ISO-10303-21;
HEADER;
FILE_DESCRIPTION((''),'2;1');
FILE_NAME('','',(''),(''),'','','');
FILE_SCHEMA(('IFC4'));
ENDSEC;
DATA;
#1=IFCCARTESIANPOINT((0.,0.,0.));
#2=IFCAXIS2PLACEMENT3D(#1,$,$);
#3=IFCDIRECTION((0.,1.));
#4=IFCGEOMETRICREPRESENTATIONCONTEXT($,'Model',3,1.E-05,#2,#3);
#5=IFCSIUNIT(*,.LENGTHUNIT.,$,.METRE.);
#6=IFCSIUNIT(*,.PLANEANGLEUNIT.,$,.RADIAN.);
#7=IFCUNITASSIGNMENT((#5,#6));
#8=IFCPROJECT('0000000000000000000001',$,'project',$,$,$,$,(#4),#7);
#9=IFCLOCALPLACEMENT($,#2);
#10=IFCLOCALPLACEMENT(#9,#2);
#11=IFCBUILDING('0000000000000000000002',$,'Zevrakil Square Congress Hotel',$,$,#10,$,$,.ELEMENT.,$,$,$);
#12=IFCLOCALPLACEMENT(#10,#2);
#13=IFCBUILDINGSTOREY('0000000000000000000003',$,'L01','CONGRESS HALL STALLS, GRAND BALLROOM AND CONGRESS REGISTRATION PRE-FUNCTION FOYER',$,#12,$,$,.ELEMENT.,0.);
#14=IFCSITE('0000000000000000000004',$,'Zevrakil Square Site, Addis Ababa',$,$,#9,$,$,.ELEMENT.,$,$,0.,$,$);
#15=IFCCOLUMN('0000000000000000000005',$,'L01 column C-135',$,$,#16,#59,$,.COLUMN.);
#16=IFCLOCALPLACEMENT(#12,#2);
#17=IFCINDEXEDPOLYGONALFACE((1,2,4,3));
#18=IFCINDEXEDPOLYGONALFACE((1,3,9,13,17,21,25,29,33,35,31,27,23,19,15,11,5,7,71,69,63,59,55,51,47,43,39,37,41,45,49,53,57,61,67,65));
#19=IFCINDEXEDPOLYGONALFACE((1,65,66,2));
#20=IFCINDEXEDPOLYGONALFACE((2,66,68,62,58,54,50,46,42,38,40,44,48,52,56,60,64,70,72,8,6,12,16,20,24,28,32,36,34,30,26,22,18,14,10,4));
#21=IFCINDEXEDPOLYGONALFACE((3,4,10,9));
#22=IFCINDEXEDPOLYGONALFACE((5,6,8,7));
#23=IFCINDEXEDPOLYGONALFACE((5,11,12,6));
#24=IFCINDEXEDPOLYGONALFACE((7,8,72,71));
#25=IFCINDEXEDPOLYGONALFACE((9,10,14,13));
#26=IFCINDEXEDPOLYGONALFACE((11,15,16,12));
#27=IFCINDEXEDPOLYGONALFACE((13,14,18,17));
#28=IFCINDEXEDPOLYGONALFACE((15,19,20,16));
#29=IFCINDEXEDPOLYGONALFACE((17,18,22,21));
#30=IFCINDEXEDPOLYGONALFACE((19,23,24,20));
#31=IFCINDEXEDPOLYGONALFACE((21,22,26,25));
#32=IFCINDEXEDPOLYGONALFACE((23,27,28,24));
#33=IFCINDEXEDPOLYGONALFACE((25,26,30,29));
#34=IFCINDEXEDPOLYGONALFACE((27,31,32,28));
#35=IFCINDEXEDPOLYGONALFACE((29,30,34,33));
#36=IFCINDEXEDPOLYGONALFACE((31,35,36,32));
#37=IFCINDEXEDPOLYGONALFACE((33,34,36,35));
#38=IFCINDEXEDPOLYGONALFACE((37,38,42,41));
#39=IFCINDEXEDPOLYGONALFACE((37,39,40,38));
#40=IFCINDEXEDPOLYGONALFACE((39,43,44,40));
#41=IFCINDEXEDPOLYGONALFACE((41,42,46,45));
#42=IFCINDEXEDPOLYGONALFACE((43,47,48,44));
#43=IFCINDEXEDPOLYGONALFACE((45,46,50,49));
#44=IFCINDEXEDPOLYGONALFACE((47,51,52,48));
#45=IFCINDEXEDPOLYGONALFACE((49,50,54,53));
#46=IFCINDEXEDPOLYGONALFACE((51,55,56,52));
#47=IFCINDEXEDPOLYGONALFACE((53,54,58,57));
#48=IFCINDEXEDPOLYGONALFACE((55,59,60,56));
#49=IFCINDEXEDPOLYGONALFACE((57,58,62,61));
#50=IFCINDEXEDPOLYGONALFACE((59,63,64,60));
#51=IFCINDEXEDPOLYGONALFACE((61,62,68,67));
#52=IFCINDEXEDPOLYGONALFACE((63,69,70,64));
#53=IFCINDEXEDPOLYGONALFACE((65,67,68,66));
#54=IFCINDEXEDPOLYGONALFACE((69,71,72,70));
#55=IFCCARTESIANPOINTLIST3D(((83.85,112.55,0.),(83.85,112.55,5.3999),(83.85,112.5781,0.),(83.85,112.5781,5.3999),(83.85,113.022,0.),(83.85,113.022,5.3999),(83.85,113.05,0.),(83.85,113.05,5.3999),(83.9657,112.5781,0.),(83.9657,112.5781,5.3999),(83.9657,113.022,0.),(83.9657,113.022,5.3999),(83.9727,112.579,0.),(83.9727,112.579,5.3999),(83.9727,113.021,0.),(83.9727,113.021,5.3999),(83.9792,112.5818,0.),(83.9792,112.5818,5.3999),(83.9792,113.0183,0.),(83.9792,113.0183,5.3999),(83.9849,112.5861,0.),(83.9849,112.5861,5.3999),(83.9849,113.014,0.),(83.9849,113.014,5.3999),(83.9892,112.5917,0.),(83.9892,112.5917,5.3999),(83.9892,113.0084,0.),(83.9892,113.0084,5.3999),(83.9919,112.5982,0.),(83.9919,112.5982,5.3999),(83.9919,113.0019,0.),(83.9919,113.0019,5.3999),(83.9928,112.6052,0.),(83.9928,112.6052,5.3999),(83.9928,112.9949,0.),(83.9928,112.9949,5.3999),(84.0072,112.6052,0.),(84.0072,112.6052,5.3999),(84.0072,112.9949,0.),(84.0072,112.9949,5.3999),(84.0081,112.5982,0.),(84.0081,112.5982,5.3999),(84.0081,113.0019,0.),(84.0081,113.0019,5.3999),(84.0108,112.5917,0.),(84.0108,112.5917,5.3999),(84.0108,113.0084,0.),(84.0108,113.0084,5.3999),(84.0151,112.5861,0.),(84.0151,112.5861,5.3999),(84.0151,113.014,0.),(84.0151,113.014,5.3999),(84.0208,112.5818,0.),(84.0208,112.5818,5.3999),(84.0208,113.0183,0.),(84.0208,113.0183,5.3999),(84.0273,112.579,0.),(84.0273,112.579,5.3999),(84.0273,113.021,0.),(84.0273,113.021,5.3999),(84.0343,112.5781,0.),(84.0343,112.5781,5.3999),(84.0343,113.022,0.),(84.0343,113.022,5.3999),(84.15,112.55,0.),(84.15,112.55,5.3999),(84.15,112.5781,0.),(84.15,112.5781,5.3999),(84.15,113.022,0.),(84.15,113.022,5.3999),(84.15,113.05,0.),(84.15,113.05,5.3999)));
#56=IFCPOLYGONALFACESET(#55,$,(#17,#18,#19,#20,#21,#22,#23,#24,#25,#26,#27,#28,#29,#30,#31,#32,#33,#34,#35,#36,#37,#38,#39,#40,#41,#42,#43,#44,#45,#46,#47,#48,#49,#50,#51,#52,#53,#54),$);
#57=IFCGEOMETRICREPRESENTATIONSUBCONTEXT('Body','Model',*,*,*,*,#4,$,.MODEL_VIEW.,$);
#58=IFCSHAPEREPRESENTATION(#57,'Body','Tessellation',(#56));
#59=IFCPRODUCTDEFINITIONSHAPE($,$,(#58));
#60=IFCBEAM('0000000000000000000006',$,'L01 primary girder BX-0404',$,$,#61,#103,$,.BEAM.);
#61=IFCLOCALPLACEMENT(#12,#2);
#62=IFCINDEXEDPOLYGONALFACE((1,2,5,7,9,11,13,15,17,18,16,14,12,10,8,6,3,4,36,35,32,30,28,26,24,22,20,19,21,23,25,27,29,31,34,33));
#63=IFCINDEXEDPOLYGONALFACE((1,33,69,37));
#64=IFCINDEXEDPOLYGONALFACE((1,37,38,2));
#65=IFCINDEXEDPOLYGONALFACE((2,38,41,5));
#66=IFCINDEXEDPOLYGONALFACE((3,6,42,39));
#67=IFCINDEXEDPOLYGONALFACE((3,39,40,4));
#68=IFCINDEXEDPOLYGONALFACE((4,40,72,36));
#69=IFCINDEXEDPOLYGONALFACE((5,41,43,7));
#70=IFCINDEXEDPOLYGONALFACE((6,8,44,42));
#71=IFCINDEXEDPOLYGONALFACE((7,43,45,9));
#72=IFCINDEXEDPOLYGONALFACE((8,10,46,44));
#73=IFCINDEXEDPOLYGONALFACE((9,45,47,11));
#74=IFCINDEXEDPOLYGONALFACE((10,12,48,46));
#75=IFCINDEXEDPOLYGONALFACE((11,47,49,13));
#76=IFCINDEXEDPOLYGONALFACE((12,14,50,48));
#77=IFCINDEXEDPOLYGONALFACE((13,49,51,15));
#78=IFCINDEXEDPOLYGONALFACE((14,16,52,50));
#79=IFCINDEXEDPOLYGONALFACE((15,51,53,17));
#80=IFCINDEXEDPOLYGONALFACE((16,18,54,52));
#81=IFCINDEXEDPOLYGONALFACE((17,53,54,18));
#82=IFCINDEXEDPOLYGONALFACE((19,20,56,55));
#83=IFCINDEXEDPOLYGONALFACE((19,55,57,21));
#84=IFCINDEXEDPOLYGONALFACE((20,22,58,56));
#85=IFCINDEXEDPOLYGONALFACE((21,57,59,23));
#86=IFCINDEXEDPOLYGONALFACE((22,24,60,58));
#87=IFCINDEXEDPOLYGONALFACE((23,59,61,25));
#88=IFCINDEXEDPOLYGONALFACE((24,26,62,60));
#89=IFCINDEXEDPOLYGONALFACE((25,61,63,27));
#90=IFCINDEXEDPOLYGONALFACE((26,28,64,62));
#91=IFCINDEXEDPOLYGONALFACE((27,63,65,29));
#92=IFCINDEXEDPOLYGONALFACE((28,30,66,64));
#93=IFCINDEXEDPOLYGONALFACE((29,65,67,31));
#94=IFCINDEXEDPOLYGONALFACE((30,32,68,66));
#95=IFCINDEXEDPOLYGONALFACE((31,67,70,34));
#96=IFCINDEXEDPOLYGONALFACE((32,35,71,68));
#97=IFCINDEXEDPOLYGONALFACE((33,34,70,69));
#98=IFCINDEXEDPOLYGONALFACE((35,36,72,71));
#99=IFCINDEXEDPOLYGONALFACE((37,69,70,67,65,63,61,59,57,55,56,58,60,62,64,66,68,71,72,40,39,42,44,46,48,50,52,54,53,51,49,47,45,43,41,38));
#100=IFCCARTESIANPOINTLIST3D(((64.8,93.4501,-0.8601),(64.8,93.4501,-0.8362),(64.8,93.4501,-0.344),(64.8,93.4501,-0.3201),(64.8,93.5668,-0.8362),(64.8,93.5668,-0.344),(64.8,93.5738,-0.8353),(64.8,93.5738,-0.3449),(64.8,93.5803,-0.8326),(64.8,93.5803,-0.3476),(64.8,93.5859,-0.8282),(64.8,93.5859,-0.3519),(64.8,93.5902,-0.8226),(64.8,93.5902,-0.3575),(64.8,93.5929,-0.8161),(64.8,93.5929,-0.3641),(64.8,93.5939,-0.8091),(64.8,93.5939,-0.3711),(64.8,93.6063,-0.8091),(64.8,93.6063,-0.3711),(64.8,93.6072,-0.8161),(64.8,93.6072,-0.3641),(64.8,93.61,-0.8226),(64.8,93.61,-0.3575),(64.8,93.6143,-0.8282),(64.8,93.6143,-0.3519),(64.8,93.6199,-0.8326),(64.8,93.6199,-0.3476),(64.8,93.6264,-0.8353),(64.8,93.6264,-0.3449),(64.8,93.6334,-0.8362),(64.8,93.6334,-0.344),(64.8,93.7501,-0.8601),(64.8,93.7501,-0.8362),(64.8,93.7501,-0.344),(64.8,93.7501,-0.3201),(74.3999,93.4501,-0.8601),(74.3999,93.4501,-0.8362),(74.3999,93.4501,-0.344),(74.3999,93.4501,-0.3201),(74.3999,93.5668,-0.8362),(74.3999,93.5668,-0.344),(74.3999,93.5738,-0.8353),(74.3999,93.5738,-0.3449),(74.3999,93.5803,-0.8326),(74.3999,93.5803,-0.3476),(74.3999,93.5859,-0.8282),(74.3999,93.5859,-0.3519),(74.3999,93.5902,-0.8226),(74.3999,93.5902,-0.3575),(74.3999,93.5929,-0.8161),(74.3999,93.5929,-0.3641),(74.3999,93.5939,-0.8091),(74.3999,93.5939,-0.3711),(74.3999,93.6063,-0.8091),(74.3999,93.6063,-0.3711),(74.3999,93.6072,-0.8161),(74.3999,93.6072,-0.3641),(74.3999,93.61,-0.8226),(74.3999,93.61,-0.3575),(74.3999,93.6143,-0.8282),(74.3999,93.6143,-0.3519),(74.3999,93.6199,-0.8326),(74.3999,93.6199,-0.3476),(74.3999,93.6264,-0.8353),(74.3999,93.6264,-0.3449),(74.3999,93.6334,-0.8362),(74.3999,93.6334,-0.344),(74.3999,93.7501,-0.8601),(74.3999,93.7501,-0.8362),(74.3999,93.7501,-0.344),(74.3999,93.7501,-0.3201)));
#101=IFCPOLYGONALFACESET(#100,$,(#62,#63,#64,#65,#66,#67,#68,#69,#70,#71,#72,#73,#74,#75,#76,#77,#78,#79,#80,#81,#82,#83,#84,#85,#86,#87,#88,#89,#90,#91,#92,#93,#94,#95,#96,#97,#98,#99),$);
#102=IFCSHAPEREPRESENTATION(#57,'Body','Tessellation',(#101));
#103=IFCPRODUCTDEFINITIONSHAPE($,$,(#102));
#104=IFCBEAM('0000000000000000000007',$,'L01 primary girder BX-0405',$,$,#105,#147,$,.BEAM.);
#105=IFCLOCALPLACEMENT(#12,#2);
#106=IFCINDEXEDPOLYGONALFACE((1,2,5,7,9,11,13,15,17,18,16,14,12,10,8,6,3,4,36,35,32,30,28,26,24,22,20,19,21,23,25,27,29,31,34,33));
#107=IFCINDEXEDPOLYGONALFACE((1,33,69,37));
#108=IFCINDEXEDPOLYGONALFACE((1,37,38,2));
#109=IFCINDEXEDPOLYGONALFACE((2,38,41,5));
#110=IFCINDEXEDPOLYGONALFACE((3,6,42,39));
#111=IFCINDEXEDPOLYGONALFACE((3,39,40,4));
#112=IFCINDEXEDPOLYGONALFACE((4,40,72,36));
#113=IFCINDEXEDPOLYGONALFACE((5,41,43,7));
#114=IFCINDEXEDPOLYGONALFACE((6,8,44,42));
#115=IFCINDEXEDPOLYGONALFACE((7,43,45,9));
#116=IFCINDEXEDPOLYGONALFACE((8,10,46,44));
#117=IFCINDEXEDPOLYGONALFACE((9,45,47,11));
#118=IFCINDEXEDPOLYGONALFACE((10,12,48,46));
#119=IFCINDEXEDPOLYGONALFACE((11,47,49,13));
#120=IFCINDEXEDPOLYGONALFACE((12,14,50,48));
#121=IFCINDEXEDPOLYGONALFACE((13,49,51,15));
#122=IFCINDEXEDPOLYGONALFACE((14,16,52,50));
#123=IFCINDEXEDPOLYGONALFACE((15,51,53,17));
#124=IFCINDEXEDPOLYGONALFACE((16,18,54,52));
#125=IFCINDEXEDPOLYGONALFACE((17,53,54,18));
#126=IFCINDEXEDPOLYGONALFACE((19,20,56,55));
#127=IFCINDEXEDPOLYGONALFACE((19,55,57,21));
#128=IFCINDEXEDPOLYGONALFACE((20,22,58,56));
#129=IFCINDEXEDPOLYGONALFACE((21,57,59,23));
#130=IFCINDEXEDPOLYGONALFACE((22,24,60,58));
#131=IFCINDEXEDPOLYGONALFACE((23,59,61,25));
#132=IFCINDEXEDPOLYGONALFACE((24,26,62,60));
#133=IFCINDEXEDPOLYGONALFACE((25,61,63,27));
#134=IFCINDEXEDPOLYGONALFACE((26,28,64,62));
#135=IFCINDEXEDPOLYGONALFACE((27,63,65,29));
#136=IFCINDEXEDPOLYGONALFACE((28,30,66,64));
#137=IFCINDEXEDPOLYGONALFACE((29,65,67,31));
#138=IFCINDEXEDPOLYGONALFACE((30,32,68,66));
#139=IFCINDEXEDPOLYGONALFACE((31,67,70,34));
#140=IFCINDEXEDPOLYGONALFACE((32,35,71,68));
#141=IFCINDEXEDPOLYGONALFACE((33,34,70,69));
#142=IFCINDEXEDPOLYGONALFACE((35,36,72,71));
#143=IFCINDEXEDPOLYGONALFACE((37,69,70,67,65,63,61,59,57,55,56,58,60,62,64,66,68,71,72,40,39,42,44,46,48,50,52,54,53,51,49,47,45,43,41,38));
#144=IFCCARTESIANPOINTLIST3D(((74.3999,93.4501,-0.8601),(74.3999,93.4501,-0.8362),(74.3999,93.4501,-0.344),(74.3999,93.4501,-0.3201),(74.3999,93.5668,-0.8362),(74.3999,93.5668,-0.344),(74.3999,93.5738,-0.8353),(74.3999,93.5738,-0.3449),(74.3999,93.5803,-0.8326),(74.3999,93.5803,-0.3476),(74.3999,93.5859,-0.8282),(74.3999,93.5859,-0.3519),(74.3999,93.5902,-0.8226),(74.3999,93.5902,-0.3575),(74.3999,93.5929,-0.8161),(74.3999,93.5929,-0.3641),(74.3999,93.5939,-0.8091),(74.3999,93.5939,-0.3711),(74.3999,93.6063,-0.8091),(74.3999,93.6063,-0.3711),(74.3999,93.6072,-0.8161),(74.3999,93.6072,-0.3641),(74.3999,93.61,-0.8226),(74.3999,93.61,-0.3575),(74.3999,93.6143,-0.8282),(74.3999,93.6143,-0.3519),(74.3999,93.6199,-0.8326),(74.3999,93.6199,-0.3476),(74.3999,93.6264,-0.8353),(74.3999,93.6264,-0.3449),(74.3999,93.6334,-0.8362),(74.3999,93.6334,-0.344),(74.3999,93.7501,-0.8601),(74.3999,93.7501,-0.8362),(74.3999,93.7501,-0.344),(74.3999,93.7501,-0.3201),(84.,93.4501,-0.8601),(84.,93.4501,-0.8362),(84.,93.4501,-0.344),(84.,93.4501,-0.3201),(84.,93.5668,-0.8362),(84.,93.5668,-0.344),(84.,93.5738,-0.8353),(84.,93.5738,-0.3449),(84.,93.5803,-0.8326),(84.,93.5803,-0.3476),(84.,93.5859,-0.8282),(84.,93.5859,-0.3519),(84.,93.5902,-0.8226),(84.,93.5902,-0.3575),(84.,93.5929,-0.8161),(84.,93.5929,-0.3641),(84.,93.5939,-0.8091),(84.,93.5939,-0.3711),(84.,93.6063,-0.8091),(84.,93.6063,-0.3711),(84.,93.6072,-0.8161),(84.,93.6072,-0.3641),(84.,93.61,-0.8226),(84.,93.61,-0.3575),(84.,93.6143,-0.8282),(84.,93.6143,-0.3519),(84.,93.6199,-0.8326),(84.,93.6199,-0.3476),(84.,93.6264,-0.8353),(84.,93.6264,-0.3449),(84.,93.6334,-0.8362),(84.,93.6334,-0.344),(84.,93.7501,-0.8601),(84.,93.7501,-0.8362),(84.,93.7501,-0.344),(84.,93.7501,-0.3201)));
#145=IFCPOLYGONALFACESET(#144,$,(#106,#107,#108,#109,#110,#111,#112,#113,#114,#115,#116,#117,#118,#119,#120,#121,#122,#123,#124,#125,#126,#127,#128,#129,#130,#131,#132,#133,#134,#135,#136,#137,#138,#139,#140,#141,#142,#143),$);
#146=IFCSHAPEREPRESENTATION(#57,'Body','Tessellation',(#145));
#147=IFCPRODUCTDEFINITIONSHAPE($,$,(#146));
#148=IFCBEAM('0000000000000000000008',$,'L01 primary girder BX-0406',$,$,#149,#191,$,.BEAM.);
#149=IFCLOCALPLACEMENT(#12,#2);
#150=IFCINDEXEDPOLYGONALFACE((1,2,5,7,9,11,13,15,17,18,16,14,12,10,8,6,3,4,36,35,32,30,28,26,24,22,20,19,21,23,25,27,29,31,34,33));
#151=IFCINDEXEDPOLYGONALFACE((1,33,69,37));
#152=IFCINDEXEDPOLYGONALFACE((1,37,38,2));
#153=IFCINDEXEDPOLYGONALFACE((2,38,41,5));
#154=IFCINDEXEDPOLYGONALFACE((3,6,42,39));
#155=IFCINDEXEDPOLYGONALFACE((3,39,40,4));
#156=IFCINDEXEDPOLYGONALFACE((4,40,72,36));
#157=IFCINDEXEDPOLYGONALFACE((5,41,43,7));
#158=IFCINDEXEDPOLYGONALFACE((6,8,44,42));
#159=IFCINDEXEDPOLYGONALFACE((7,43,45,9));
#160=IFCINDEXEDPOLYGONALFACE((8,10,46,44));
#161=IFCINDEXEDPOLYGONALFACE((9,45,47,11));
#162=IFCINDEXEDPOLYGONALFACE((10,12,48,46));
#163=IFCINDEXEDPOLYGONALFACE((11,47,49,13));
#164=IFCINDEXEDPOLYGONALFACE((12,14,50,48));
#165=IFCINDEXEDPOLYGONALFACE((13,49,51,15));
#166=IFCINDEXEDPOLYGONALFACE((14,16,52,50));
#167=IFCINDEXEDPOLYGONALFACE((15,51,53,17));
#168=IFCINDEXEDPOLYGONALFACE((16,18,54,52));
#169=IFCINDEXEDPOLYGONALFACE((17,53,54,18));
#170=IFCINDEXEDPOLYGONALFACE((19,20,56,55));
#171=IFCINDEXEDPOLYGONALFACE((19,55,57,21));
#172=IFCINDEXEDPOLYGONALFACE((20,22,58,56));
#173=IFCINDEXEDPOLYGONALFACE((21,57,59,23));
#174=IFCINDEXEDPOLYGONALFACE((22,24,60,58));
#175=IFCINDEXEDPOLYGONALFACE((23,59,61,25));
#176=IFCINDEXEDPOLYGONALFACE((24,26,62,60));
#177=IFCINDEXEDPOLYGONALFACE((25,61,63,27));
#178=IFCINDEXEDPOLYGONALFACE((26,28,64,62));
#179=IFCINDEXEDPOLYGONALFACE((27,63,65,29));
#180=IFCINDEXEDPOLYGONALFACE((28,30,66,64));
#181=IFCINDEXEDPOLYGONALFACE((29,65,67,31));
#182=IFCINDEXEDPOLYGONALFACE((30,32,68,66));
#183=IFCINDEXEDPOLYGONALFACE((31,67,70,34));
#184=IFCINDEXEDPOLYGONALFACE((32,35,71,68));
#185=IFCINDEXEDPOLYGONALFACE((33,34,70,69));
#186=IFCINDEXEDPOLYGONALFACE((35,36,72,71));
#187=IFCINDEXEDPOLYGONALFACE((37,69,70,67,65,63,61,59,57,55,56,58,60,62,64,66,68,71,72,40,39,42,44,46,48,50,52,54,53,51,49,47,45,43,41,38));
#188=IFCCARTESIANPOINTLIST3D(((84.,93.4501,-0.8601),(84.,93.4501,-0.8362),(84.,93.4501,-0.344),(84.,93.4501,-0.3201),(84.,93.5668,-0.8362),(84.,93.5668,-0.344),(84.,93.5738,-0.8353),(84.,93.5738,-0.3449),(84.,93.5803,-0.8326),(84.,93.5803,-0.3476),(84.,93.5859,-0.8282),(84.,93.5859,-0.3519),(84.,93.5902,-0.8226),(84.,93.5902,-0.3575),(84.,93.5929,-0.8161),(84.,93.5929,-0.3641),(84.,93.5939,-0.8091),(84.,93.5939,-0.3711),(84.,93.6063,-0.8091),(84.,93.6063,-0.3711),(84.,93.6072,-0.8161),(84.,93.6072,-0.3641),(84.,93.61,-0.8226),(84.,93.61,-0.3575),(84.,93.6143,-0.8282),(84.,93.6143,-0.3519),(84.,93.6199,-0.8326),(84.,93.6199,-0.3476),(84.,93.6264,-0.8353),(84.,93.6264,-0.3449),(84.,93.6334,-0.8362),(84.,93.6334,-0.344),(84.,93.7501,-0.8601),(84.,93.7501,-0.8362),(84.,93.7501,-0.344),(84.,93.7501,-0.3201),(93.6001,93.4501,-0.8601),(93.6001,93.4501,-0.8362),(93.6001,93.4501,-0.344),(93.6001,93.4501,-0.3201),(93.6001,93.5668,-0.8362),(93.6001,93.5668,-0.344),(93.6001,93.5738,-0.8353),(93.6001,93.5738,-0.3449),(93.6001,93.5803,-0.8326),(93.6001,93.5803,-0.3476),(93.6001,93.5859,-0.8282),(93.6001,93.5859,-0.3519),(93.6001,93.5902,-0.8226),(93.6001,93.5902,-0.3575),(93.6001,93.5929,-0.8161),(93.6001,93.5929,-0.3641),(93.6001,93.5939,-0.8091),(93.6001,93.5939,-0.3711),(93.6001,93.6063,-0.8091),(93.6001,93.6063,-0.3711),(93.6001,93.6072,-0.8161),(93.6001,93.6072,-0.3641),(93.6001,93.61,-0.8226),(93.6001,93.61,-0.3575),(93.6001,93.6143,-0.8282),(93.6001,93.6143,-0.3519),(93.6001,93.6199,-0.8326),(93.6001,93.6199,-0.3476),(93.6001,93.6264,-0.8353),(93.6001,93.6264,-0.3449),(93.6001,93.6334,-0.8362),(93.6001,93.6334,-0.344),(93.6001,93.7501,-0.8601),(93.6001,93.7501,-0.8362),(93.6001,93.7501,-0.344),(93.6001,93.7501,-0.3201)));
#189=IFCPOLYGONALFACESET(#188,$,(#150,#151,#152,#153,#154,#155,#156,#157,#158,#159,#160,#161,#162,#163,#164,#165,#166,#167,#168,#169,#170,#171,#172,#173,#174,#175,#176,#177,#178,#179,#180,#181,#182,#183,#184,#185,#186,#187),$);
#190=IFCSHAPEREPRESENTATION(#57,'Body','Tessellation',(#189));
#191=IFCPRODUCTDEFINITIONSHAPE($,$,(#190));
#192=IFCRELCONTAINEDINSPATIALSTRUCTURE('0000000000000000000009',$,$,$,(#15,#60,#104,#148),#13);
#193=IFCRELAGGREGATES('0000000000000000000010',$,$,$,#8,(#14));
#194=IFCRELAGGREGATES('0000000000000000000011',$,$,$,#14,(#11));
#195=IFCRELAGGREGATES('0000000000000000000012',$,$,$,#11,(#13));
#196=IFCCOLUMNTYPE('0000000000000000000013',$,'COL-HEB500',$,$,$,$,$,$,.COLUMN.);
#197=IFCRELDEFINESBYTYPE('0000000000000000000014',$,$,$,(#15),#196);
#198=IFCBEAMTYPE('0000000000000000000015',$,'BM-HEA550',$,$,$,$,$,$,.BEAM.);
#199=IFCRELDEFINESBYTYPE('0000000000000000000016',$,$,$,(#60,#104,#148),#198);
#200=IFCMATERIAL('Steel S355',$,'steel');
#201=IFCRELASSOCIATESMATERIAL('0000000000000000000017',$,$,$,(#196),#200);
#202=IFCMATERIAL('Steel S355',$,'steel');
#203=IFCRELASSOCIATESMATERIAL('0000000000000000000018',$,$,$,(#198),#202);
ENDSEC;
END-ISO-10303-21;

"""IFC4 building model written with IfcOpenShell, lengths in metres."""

from ifc_helpers import new_model, si_unit, direction, frame, origin, origin_2d, place, context, subcontext, project, spatial, i_section, extrude, material, material_profile, profile_set, type_object, element, save


model = new_model("IFC4")

# Units and contexts
model_context = context("Model", 3, precision=1e-05, world=origin(), true_north=direction((0.0, 1.0)))
body_context = subcontext(model_context, "Body", "Model", "MODEL_VIEW")
ifc_project = project(units=[si_unit("LENGTHUNIT", "METRE"), si_unit("PLANEANGLEUNIT", "RADIAN")], contexts=[model_context])

# Site, building, storey
site_placement = place(None, origin())
site = spatial("IfcSite", under=ifc_project, at=site_placement, Name="Zevrakil Square Site, Addis Ababa", CompositionType="ELEMENT", RefElevation=0.0)
building_placement = place(site_placement, origin())
building = spatial("IfcBuilding", under=site, at=building_placement, Name="Zevrakil Square Congress Hotel", CompositionType="ELEMENT")
storey_placement = place(building_placement, origin())
storey = spatial("IfcBuildingStorey", under=building, at=storey_placement, Name="L01", Description="CONGRESS HALL STALLS, GRAND BALLROOM AND CONGRESS REGISTRATION PRE-FUNCTION FOYER", CompositionType="ELEMENT", Elevation=0.0)

# Column
ifc_material_1 = material(Name="Steel S355", Category="steel")
ifc_material_profile_1 = material_profile(ifc_material_1, i_section(OverallWidth=0.3, OverallDepth=0.5, WebThickness=0.0144, FlangeThickness=0.0281, FilletRadius=0.0271, at=origin_2d()), Name="HEB 500")
ifc_profile_set_1 = profile_set([ifc_material_profile_1], Name="Steel S355")
column_type = type_object("IfcColumnType", Name="COL-HEB500", PredefinedType="COLUMN", material=ifc_profile_set_1)
for number, where, z_axis, x_axis, name in (
    (1, (84.0, 112.8, 0.0), (0.0, 0.0, 1.0), (1.0, 0.0, 0.0), "L01 column C-135"),
):
    element("IfcColumn", number, at=place(storey_placement, frame(where, z_axis=z_axis, x_axis=x_axis)), inside=storey, type_object=column_type, Name=name, PredefinedType="COLUMN", context=body_context, shape_type="SweptSolid", body=[
        extrude(i_section(OverallWidth=0.3, OverallDepth=0.5, WebThickness=0.0144, FlangeThickness=0.0281, FilletRadius=0.0271, at=origin_2d()), origin(), (0.0, 0.0, 1.0), 5.3999),
    ])

# Beams
ifc_material_2 = material(Name="Steel S355", Category="steel")
ifc_material_profile_2 = material_profile(ifc_material_2, i_section(OverallWidth=0.3, OverallDepth=0.54, WebThickness=0.0125, FlangeThickness=0.0239, FilletRadius=0.0271, at=origin_2d()), Name="HEA 550")
ifc_profile_set_2 = profile_set([ifc_material_profile_2], Name="Steel S355")
beam_type_1 = type_object("IfcBeamType", Name="BM-HEA550", PredefinedType="BEAM", material=ifc_profile_set_2)
beam_1_placement = place(storey_placement, frame((64.8, 93.6001, -0.5901), z_axis=(1.0, 0.0, 0.0), x_axis=(0.0, 1.0, 0.0)))
element("IfcBeam", 2, at=beam_1_placement, inside=storey, type_object=beam_type_1, Name="L01 primary girder BX-0404", PredefinedType="BEAM", context=body_context, shape_type="SweptSolid", body=[
    extrude(i_section(OverallWidth=0.3, OverallDepth=0.54, WebThickness=0.0125, FlangeThickness=0.0239, FilletRadius=0.0271, at=origin_2d()), origin(), (0.0, 0.0, 1.0), 9.5999),
])
for number, where, z_axis, x_axis, name in (
    (3, (74.3999, 93.6001, -0.5901), (1.0, 0.0, 0.0), (0.0, 1.0, 0.0), "L01 primary girder BX-0405"),
    (4, (84.0, 93.6001, -0.5901), (1.0, 0.0, 0.0), (0.0, 1.0, 0.0), "L01 primary girder BX-0406"),
):
    element("IfcBeam", number, at=place(storey_placement, frame(where, z_axis=z_axis, x_axis=x_axis)), inside=storey, type_object=beam_type_1, Name=name, PredefinedType="BEAM", context=body_context, shape_type="SweptSolid", body=[
        extrude(i_section(OverallWidth=0.3, OverallDepth=0.54, WebThickness=0.0125, FlangeThickness=0.0239, FilletRadius=0.0271, at=origin_2d()), origin(), (0.0, 0.0, 1.0), 9.6001),
    ])

save(model, "model.ifc")
